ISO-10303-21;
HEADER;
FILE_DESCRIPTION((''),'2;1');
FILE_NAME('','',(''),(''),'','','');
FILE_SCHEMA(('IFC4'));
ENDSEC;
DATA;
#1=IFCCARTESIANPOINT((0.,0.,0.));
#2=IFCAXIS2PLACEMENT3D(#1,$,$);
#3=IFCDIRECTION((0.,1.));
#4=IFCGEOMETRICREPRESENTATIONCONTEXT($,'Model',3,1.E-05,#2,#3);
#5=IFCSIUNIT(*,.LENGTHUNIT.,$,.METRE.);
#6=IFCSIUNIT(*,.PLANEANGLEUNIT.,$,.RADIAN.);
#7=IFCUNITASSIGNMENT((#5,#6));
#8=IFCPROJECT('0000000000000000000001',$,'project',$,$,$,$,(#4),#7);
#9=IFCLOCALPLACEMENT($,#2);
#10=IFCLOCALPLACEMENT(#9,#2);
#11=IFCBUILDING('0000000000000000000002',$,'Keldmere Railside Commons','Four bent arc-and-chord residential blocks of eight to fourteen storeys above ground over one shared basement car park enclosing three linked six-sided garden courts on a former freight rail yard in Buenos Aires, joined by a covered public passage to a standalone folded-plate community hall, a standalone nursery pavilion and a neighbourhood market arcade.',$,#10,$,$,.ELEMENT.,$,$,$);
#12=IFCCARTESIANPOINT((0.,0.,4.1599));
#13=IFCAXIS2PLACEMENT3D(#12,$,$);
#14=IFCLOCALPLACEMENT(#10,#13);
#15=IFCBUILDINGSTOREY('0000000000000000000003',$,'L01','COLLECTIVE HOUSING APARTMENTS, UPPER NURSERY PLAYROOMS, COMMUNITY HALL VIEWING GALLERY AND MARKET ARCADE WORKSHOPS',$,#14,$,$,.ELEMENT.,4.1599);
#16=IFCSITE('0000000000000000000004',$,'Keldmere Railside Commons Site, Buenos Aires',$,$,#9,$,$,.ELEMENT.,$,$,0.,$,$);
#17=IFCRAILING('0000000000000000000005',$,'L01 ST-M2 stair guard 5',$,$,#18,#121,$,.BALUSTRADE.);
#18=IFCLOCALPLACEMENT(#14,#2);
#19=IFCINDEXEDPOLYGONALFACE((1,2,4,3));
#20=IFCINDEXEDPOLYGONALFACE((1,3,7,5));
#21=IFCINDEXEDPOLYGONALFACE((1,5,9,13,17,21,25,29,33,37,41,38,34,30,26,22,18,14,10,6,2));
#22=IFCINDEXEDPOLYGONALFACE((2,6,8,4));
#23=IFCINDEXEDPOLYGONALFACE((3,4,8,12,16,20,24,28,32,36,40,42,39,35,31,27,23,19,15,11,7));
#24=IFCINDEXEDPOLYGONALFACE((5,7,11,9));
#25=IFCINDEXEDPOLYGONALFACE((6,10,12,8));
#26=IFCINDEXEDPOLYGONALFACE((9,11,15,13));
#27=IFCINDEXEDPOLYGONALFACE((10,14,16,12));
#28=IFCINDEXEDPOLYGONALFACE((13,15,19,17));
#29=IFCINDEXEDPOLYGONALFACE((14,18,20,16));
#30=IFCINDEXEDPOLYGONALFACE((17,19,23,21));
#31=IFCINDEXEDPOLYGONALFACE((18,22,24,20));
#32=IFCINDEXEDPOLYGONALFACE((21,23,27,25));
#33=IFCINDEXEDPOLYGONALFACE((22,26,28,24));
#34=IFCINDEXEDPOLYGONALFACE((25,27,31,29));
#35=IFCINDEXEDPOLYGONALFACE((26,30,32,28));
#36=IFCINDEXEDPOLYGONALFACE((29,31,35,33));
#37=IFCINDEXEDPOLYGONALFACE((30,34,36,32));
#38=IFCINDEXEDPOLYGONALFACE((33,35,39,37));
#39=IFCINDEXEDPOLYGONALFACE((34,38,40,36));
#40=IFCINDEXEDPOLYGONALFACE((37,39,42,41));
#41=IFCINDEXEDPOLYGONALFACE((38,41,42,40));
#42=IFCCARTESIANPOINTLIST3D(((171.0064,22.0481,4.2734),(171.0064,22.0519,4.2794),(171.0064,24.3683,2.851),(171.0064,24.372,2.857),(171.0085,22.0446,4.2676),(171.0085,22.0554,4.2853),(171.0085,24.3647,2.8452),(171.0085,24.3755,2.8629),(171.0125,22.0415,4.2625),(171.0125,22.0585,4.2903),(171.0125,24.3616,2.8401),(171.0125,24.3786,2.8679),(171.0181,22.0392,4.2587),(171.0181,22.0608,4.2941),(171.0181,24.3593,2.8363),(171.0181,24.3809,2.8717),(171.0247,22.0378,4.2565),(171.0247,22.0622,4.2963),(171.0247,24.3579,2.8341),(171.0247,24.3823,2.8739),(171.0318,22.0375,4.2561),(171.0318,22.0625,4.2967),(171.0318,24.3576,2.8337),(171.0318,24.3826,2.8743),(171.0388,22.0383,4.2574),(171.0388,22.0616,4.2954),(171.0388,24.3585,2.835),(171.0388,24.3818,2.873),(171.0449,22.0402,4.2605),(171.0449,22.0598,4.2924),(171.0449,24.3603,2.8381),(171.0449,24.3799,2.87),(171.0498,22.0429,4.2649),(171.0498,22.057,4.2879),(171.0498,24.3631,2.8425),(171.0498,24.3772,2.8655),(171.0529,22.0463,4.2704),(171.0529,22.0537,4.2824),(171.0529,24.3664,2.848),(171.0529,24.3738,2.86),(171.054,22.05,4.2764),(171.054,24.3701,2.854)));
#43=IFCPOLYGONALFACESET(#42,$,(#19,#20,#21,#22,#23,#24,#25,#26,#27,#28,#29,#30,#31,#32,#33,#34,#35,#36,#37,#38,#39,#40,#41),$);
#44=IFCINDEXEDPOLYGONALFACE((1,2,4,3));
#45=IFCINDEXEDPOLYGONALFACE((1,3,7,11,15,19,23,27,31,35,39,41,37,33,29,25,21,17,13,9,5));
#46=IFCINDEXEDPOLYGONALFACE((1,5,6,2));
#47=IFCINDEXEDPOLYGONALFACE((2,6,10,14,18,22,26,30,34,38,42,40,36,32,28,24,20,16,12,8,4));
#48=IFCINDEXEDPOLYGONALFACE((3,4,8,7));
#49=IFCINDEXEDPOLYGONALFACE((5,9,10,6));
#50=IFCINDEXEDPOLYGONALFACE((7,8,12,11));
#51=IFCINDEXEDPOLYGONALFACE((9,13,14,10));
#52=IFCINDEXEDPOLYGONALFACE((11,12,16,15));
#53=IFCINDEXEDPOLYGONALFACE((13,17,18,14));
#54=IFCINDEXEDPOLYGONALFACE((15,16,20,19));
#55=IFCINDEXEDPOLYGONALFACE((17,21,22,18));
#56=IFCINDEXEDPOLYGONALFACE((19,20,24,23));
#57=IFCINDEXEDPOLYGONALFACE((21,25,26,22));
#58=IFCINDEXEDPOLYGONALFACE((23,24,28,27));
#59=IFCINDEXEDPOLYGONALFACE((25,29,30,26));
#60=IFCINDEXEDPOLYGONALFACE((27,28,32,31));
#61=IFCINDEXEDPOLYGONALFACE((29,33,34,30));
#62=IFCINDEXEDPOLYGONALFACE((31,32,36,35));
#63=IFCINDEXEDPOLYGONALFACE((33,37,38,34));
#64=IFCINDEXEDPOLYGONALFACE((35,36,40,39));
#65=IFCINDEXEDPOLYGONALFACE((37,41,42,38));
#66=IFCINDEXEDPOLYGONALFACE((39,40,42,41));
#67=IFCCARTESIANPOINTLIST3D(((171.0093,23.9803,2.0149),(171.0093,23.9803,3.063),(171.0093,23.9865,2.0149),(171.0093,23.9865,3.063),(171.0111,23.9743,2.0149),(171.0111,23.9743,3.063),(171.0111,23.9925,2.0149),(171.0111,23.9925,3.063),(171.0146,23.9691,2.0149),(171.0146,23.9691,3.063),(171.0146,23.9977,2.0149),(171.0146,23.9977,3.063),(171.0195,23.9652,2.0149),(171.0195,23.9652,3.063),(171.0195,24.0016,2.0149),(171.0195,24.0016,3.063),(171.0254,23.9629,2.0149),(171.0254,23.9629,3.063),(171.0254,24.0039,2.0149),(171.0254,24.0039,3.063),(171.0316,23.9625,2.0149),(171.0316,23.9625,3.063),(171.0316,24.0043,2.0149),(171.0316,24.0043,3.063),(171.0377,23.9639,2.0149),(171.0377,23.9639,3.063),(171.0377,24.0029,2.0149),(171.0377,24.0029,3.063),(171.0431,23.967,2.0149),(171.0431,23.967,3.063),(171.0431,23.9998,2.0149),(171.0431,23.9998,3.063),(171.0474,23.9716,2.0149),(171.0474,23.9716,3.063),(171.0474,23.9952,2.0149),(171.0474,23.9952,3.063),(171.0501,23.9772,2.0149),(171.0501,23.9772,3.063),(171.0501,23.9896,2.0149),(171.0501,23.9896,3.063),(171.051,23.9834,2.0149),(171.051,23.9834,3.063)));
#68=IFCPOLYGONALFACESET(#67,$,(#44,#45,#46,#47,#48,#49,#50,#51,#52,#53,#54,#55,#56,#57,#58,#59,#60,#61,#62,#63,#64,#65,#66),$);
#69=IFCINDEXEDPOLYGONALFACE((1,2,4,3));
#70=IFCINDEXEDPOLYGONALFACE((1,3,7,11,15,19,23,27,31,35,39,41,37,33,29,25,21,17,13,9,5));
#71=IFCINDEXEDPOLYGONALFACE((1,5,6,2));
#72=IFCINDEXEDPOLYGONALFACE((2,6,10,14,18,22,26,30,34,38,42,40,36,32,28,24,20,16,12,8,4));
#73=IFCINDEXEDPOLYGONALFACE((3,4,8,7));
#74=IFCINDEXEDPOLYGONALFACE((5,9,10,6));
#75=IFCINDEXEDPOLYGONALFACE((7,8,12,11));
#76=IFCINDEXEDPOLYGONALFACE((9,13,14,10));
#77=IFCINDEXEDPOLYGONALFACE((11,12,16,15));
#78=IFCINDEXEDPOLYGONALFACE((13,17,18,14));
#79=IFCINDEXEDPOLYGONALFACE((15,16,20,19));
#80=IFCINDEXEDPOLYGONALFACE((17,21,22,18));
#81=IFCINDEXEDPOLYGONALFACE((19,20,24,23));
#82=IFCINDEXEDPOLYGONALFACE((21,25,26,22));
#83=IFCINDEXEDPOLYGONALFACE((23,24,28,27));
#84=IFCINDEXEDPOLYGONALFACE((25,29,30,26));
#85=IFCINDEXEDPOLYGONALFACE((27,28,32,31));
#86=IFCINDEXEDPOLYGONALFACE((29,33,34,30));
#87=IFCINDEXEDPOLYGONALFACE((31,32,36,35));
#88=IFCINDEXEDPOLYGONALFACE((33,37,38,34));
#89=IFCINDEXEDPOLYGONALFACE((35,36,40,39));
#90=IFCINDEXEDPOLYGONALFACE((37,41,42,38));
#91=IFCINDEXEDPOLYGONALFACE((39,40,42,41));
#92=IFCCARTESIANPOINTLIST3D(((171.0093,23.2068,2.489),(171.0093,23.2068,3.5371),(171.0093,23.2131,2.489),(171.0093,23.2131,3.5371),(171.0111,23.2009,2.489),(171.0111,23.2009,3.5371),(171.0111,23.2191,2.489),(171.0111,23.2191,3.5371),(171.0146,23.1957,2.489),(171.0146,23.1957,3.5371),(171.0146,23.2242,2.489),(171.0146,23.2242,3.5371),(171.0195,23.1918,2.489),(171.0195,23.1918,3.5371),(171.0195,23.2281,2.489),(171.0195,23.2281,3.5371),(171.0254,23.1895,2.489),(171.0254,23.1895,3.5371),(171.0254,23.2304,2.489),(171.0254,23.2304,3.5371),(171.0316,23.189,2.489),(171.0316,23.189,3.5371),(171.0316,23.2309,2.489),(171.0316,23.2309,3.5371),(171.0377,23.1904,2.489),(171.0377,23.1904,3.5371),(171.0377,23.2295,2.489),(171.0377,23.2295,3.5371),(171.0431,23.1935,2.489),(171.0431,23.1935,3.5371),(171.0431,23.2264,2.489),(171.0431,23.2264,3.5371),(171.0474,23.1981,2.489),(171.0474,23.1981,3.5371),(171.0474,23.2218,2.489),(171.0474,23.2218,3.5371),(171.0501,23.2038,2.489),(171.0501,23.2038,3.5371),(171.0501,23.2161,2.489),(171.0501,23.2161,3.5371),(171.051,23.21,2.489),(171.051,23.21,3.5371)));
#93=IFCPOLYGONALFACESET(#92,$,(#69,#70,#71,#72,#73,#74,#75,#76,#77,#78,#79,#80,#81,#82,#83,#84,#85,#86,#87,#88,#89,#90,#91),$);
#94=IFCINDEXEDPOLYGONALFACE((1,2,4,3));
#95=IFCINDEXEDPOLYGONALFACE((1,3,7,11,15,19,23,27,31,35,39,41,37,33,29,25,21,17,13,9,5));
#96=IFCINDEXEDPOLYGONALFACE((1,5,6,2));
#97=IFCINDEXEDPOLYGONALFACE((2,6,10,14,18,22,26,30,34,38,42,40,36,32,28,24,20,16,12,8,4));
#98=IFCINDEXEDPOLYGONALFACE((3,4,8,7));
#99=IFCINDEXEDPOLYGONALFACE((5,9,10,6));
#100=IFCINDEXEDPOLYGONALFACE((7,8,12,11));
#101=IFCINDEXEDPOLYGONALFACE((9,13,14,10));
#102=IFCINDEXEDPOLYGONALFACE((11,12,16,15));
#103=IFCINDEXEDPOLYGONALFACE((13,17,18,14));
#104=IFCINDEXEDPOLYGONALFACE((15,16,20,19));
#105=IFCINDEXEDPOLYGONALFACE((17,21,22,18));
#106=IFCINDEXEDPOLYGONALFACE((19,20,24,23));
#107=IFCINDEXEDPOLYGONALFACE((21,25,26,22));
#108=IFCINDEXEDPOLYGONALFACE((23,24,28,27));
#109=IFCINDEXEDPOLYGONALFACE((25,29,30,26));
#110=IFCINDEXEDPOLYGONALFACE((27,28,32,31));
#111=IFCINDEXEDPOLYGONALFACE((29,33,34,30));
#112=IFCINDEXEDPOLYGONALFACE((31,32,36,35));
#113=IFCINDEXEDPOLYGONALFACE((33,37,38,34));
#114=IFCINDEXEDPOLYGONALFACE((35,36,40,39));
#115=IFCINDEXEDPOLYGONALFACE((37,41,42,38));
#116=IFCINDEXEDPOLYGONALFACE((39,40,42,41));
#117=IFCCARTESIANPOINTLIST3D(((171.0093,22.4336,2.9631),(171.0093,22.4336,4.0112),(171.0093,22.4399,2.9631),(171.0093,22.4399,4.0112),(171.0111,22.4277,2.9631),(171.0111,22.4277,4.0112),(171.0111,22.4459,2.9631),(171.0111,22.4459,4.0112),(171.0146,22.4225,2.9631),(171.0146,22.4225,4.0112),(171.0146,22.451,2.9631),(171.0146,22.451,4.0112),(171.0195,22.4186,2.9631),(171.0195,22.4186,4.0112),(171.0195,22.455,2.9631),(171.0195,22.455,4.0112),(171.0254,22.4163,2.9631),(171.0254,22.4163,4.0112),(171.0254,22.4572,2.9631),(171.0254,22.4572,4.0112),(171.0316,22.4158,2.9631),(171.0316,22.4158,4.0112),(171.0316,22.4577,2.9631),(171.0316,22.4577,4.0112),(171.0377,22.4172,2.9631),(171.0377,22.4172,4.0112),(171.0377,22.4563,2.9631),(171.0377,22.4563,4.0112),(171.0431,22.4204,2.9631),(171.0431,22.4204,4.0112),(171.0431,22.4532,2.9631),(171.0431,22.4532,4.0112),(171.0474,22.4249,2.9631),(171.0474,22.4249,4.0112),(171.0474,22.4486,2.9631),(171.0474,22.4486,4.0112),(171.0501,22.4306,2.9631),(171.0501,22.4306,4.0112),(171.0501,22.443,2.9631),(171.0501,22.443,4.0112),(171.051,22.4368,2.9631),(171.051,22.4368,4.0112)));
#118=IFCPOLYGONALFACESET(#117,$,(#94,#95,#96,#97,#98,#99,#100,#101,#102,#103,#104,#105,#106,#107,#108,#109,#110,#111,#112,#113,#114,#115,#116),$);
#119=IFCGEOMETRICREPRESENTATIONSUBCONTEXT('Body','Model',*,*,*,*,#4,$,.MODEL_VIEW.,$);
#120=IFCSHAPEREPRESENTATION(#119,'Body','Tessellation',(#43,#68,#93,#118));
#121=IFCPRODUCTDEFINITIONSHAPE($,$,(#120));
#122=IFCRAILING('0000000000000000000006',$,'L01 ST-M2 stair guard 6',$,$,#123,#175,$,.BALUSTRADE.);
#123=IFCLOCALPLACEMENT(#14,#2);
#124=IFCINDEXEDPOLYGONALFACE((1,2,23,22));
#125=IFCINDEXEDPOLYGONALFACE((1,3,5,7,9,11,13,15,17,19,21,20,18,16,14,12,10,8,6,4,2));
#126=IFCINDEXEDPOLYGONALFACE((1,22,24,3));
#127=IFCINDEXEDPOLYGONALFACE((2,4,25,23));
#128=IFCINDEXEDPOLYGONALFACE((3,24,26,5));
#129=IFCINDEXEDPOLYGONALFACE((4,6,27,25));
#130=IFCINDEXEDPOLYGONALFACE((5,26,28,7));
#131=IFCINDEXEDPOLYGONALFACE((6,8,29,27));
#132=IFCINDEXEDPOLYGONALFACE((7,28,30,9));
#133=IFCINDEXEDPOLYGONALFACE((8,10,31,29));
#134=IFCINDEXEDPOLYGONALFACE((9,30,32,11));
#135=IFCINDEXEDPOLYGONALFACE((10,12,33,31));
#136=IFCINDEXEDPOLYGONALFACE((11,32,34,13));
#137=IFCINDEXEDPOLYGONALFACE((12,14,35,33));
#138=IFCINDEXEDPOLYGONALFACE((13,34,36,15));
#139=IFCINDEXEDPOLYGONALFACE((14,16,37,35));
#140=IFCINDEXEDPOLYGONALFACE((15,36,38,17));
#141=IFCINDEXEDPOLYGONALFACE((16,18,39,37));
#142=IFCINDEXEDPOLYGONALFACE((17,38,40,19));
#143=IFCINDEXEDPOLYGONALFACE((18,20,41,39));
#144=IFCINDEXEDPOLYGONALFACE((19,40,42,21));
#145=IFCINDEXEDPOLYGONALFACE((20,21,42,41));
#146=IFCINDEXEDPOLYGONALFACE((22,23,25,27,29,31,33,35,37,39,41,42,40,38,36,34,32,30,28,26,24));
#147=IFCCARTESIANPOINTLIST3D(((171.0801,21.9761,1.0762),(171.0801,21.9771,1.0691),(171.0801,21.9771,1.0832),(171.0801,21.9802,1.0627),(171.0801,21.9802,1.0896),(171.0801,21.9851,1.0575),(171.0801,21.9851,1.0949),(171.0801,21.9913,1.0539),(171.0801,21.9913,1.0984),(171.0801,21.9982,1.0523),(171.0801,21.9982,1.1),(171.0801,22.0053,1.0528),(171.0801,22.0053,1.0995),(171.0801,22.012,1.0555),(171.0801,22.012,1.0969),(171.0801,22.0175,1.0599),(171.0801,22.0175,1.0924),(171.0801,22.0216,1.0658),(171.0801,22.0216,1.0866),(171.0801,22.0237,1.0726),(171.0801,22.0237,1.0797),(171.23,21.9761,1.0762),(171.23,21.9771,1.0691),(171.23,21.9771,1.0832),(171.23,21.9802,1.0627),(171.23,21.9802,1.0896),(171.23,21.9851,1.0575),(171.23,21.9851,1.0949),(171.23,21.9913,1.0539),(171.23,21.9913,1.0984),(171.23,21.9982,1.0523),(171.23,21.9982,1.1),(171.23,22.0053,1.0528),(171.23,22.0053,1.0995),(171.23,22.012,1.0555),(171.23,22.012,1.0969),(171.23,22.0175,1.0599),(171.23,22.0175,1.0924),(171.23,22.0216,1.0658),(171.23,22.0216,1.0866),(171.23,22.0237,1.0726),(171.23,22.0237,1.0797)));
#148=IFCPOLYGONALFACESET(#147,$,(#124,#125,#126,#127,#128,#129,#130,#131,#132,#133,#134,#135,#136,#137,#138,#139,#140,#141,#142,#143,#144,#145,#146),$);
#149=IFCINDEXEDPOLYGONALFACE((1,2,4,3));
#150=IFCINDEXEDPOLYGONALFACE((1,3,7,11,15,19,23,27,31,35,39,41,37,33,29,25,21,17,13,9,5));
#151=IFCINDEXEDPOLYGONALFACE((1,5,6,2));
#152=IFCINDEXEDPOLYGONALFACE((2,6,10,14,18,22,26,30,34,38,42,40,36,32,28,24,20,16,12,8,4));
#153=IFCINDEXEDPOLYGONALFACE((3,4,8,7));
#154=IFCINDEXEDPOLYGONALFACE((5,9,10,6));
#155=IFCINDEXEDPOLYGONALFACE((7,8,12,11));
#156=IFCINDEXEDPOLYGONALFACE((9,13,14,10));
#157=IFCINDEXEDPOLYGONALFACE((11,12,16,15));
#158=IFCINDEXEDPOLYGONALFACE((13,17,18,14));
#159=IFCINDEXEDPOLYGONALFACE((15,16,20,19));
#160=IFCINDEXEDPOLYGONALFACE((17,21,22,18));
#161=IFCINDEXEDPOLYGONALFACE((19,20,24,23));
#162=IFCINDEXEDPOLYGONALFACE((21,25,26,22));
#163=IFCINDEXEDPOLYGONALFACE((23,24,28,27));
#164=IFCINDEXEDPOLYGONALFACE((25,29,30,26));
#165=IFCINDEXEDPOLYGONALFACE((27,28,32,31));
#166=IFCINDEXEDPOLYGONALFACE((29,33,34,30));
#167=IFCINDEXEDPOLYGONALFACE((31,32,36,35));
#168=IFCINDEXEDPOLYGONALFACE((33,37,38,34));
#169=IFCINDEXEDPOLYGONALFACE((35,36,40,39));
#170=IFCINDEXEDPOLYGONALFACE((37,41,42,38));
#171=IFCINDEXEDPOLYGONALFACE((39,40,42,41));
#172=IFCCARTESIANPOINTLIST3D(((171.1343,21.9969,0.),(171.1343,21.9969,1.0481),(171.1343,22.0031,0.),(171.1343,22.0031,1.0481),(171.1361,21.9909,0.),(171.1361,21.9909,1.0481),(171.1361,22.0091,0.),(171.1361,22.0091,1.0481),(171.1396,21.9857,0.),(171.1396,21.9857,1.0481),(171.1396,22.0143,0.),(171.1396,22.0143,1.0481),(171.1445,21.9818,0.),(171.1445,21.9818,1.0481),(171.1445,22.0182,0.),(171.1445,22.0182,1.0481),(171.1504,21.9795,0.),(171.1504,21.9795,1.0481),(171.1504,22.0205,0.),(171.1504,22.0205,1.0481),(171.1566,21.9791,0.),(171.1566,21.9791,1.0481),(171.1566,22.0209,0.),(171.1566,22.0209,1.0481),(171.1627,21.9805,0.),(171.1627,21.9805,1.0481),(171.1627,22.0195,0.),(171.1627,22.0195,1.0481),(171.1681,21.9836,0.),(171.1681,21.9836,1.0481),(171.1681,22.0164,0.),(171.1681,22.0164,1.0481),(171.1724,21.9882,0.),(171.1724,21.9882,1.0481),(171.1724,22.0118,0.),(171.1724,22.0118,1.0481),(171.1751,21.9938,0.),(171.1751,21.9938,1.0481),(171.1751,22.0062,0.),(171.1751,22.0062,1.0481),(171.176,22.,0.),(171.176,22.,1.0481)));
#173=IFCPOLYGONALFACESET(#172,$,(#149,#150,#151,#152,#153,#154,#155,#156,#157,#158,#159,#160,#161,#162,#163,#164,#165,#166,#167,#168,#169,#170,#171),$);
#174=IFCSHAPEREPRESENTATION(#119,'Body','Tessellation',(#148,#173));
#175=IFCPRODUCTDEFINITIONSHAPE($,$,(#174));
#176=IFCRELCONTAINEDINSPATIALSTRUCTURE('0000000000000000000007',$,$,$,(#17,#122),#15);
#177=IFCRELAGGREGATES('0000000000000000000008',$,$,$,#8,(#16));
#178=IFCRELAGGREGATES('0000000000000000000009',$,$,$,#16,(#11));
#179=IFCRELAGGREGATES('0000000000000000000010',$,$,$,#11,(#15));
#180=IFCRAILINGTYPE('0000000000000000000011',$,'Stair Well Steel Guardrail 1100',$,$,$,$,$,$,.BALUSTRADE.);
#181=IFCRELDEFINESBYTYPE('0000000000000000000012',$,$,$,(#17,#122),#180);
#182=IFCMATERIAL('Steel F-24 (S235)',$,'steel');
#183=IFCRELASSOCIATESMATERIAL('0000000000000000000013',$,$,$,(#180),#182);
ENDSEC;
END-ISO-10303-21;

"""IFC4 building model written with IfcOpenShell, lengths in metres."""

from ifc_helpers import new_model, si_unit, direction, frame, origin, origin_2d, place, context, subcontext, project, spatial, circle, extrude, material, type_object, element, save


model = new_model("IFC4")

# Units and contexts
model_context = context("Model", 3, precision=1e-05, world=origin(), true_north=direction((0.0, 1.0)))
body_context = subcontext(model_context, "Body", "Model", "MODEL_VIEW")
ifc_project = project(units=[si_unit("LENGTHUNIT", "METRE"), si_unit("PLANEANGLEUNIT", "RADIAN")], contexts=[model_context])

# Site, building, storey
site_placement = place(None, origin())
site = spatial("IfcSite", under=ifc_project, at=site_placement, Name="Keldmere Railside Commons Site, Buenos Aires", CompositionType="ELEMENT", RefElevation=0.0)
building_placement = place(site_placement, origin())
building = spatial("IfcBuilding", under=site, at=building_placement, Name="Keldmere Railside Commons", Description="Four bent arc-and-chord residential blocks of eight to fourteen storeys above ground over one shared basement car park enclosing three linked six-sided garden courts on a former freight rail yard in Buenos Aires, joined by a covered public passage to a standalone folded-plate community hall, a standalone nursery pavilion and a neighbourhood market arcade.", CompositionType="ELEMENT")
storey_placement = place(building_placement, frame((0.0, 0.0, 4.1599)))
storey = spatial("IfcBuildingStorey", under=building, at=storey_placement, Name="L01", Description="COLLECTIVE HOUSING APARTMENTS, UPPER NURSERY PLAYROOMS, COMMUNITY HALL VIEWING GALLERY AND MARKET ARCADE WORKSHOPS", CompositionType="ELEMENT", Elevation=4.1599)

# Shared definitions
ifc_material_1 = material(Name="Steel F-24 (S235)", Category="steel")

# Railings
railing_type_1 = type_object("IfcRailingType", Name="Stair Well Steel Guardrail 1100", PredefinedType="BALUSTRADE", material=ifc_material_1)
railing_1_placement = place(storey_placement, frame((171.03, 24.3701, 1.7778)))
element("IfcRailing", 1, at=railing_1_placement, inside=storey, type_object=railing_type_1, Name="L01 ST-M2 stair guard 5", PredefinedType="BALUSTRADE", context=body_context, shape_type="SweptSolid", body=[
    extrude(circle(Radius=0.0239, at=origin_2d()), frame((0.0, 0.0, 1.0762), z_axis=(0.0, -0.852538, 0.522665), x_axis=(1.0, 0.0, 0.0)), (0.0, 0.0, 1.0), 2.7214),
    extrude(circle(Radius=0.021, at=origin_2d()), frame((0.0, -0.3867, 0.2371)), (0.0, 0.0, 1.0), 1.0481),
    extrude(circle(Radius=0.021, at=origin_2d()), frame((0.0, -1.1602, 0.7112)), (0.0, 0.0, 1.0), 1.0481),
    extrude(circle(Radius=0.021, at=origin_2d()), frame((0.0, -1.9333, 1.1853)), (0.0, 0.0, 1.0), 1.0481),
])
railing_2_placement = place(storey_placement, frame((171.23, 22.0, 0.0)))
element("IfcRailing", 2, at=railing_2_placement, inside=storey, type_object=railing_type_1, Name="L01 ST-M2 stair guard 6", PredefinedType="BALUSTRADE", context=body_context, shape_type="SweptSolid", body=[
    extrude(circle(Radius=0.0239, at=origin_2d()), frame((0.0, 0.0, 1.0762), z_axis=(-1.0, 0.0, 0.0), x_axis=(0.0, -1.0, 0.0)), (0.0, 0.0, 1.0), 0.1499),
    extrude(circle(Radius=0.021, at=origin_2d()), frame((-0.075, 0.0, 0.0)), (0.0, 0.0, 1.0), 1.0481),
])

save(model, "model.ifc")
